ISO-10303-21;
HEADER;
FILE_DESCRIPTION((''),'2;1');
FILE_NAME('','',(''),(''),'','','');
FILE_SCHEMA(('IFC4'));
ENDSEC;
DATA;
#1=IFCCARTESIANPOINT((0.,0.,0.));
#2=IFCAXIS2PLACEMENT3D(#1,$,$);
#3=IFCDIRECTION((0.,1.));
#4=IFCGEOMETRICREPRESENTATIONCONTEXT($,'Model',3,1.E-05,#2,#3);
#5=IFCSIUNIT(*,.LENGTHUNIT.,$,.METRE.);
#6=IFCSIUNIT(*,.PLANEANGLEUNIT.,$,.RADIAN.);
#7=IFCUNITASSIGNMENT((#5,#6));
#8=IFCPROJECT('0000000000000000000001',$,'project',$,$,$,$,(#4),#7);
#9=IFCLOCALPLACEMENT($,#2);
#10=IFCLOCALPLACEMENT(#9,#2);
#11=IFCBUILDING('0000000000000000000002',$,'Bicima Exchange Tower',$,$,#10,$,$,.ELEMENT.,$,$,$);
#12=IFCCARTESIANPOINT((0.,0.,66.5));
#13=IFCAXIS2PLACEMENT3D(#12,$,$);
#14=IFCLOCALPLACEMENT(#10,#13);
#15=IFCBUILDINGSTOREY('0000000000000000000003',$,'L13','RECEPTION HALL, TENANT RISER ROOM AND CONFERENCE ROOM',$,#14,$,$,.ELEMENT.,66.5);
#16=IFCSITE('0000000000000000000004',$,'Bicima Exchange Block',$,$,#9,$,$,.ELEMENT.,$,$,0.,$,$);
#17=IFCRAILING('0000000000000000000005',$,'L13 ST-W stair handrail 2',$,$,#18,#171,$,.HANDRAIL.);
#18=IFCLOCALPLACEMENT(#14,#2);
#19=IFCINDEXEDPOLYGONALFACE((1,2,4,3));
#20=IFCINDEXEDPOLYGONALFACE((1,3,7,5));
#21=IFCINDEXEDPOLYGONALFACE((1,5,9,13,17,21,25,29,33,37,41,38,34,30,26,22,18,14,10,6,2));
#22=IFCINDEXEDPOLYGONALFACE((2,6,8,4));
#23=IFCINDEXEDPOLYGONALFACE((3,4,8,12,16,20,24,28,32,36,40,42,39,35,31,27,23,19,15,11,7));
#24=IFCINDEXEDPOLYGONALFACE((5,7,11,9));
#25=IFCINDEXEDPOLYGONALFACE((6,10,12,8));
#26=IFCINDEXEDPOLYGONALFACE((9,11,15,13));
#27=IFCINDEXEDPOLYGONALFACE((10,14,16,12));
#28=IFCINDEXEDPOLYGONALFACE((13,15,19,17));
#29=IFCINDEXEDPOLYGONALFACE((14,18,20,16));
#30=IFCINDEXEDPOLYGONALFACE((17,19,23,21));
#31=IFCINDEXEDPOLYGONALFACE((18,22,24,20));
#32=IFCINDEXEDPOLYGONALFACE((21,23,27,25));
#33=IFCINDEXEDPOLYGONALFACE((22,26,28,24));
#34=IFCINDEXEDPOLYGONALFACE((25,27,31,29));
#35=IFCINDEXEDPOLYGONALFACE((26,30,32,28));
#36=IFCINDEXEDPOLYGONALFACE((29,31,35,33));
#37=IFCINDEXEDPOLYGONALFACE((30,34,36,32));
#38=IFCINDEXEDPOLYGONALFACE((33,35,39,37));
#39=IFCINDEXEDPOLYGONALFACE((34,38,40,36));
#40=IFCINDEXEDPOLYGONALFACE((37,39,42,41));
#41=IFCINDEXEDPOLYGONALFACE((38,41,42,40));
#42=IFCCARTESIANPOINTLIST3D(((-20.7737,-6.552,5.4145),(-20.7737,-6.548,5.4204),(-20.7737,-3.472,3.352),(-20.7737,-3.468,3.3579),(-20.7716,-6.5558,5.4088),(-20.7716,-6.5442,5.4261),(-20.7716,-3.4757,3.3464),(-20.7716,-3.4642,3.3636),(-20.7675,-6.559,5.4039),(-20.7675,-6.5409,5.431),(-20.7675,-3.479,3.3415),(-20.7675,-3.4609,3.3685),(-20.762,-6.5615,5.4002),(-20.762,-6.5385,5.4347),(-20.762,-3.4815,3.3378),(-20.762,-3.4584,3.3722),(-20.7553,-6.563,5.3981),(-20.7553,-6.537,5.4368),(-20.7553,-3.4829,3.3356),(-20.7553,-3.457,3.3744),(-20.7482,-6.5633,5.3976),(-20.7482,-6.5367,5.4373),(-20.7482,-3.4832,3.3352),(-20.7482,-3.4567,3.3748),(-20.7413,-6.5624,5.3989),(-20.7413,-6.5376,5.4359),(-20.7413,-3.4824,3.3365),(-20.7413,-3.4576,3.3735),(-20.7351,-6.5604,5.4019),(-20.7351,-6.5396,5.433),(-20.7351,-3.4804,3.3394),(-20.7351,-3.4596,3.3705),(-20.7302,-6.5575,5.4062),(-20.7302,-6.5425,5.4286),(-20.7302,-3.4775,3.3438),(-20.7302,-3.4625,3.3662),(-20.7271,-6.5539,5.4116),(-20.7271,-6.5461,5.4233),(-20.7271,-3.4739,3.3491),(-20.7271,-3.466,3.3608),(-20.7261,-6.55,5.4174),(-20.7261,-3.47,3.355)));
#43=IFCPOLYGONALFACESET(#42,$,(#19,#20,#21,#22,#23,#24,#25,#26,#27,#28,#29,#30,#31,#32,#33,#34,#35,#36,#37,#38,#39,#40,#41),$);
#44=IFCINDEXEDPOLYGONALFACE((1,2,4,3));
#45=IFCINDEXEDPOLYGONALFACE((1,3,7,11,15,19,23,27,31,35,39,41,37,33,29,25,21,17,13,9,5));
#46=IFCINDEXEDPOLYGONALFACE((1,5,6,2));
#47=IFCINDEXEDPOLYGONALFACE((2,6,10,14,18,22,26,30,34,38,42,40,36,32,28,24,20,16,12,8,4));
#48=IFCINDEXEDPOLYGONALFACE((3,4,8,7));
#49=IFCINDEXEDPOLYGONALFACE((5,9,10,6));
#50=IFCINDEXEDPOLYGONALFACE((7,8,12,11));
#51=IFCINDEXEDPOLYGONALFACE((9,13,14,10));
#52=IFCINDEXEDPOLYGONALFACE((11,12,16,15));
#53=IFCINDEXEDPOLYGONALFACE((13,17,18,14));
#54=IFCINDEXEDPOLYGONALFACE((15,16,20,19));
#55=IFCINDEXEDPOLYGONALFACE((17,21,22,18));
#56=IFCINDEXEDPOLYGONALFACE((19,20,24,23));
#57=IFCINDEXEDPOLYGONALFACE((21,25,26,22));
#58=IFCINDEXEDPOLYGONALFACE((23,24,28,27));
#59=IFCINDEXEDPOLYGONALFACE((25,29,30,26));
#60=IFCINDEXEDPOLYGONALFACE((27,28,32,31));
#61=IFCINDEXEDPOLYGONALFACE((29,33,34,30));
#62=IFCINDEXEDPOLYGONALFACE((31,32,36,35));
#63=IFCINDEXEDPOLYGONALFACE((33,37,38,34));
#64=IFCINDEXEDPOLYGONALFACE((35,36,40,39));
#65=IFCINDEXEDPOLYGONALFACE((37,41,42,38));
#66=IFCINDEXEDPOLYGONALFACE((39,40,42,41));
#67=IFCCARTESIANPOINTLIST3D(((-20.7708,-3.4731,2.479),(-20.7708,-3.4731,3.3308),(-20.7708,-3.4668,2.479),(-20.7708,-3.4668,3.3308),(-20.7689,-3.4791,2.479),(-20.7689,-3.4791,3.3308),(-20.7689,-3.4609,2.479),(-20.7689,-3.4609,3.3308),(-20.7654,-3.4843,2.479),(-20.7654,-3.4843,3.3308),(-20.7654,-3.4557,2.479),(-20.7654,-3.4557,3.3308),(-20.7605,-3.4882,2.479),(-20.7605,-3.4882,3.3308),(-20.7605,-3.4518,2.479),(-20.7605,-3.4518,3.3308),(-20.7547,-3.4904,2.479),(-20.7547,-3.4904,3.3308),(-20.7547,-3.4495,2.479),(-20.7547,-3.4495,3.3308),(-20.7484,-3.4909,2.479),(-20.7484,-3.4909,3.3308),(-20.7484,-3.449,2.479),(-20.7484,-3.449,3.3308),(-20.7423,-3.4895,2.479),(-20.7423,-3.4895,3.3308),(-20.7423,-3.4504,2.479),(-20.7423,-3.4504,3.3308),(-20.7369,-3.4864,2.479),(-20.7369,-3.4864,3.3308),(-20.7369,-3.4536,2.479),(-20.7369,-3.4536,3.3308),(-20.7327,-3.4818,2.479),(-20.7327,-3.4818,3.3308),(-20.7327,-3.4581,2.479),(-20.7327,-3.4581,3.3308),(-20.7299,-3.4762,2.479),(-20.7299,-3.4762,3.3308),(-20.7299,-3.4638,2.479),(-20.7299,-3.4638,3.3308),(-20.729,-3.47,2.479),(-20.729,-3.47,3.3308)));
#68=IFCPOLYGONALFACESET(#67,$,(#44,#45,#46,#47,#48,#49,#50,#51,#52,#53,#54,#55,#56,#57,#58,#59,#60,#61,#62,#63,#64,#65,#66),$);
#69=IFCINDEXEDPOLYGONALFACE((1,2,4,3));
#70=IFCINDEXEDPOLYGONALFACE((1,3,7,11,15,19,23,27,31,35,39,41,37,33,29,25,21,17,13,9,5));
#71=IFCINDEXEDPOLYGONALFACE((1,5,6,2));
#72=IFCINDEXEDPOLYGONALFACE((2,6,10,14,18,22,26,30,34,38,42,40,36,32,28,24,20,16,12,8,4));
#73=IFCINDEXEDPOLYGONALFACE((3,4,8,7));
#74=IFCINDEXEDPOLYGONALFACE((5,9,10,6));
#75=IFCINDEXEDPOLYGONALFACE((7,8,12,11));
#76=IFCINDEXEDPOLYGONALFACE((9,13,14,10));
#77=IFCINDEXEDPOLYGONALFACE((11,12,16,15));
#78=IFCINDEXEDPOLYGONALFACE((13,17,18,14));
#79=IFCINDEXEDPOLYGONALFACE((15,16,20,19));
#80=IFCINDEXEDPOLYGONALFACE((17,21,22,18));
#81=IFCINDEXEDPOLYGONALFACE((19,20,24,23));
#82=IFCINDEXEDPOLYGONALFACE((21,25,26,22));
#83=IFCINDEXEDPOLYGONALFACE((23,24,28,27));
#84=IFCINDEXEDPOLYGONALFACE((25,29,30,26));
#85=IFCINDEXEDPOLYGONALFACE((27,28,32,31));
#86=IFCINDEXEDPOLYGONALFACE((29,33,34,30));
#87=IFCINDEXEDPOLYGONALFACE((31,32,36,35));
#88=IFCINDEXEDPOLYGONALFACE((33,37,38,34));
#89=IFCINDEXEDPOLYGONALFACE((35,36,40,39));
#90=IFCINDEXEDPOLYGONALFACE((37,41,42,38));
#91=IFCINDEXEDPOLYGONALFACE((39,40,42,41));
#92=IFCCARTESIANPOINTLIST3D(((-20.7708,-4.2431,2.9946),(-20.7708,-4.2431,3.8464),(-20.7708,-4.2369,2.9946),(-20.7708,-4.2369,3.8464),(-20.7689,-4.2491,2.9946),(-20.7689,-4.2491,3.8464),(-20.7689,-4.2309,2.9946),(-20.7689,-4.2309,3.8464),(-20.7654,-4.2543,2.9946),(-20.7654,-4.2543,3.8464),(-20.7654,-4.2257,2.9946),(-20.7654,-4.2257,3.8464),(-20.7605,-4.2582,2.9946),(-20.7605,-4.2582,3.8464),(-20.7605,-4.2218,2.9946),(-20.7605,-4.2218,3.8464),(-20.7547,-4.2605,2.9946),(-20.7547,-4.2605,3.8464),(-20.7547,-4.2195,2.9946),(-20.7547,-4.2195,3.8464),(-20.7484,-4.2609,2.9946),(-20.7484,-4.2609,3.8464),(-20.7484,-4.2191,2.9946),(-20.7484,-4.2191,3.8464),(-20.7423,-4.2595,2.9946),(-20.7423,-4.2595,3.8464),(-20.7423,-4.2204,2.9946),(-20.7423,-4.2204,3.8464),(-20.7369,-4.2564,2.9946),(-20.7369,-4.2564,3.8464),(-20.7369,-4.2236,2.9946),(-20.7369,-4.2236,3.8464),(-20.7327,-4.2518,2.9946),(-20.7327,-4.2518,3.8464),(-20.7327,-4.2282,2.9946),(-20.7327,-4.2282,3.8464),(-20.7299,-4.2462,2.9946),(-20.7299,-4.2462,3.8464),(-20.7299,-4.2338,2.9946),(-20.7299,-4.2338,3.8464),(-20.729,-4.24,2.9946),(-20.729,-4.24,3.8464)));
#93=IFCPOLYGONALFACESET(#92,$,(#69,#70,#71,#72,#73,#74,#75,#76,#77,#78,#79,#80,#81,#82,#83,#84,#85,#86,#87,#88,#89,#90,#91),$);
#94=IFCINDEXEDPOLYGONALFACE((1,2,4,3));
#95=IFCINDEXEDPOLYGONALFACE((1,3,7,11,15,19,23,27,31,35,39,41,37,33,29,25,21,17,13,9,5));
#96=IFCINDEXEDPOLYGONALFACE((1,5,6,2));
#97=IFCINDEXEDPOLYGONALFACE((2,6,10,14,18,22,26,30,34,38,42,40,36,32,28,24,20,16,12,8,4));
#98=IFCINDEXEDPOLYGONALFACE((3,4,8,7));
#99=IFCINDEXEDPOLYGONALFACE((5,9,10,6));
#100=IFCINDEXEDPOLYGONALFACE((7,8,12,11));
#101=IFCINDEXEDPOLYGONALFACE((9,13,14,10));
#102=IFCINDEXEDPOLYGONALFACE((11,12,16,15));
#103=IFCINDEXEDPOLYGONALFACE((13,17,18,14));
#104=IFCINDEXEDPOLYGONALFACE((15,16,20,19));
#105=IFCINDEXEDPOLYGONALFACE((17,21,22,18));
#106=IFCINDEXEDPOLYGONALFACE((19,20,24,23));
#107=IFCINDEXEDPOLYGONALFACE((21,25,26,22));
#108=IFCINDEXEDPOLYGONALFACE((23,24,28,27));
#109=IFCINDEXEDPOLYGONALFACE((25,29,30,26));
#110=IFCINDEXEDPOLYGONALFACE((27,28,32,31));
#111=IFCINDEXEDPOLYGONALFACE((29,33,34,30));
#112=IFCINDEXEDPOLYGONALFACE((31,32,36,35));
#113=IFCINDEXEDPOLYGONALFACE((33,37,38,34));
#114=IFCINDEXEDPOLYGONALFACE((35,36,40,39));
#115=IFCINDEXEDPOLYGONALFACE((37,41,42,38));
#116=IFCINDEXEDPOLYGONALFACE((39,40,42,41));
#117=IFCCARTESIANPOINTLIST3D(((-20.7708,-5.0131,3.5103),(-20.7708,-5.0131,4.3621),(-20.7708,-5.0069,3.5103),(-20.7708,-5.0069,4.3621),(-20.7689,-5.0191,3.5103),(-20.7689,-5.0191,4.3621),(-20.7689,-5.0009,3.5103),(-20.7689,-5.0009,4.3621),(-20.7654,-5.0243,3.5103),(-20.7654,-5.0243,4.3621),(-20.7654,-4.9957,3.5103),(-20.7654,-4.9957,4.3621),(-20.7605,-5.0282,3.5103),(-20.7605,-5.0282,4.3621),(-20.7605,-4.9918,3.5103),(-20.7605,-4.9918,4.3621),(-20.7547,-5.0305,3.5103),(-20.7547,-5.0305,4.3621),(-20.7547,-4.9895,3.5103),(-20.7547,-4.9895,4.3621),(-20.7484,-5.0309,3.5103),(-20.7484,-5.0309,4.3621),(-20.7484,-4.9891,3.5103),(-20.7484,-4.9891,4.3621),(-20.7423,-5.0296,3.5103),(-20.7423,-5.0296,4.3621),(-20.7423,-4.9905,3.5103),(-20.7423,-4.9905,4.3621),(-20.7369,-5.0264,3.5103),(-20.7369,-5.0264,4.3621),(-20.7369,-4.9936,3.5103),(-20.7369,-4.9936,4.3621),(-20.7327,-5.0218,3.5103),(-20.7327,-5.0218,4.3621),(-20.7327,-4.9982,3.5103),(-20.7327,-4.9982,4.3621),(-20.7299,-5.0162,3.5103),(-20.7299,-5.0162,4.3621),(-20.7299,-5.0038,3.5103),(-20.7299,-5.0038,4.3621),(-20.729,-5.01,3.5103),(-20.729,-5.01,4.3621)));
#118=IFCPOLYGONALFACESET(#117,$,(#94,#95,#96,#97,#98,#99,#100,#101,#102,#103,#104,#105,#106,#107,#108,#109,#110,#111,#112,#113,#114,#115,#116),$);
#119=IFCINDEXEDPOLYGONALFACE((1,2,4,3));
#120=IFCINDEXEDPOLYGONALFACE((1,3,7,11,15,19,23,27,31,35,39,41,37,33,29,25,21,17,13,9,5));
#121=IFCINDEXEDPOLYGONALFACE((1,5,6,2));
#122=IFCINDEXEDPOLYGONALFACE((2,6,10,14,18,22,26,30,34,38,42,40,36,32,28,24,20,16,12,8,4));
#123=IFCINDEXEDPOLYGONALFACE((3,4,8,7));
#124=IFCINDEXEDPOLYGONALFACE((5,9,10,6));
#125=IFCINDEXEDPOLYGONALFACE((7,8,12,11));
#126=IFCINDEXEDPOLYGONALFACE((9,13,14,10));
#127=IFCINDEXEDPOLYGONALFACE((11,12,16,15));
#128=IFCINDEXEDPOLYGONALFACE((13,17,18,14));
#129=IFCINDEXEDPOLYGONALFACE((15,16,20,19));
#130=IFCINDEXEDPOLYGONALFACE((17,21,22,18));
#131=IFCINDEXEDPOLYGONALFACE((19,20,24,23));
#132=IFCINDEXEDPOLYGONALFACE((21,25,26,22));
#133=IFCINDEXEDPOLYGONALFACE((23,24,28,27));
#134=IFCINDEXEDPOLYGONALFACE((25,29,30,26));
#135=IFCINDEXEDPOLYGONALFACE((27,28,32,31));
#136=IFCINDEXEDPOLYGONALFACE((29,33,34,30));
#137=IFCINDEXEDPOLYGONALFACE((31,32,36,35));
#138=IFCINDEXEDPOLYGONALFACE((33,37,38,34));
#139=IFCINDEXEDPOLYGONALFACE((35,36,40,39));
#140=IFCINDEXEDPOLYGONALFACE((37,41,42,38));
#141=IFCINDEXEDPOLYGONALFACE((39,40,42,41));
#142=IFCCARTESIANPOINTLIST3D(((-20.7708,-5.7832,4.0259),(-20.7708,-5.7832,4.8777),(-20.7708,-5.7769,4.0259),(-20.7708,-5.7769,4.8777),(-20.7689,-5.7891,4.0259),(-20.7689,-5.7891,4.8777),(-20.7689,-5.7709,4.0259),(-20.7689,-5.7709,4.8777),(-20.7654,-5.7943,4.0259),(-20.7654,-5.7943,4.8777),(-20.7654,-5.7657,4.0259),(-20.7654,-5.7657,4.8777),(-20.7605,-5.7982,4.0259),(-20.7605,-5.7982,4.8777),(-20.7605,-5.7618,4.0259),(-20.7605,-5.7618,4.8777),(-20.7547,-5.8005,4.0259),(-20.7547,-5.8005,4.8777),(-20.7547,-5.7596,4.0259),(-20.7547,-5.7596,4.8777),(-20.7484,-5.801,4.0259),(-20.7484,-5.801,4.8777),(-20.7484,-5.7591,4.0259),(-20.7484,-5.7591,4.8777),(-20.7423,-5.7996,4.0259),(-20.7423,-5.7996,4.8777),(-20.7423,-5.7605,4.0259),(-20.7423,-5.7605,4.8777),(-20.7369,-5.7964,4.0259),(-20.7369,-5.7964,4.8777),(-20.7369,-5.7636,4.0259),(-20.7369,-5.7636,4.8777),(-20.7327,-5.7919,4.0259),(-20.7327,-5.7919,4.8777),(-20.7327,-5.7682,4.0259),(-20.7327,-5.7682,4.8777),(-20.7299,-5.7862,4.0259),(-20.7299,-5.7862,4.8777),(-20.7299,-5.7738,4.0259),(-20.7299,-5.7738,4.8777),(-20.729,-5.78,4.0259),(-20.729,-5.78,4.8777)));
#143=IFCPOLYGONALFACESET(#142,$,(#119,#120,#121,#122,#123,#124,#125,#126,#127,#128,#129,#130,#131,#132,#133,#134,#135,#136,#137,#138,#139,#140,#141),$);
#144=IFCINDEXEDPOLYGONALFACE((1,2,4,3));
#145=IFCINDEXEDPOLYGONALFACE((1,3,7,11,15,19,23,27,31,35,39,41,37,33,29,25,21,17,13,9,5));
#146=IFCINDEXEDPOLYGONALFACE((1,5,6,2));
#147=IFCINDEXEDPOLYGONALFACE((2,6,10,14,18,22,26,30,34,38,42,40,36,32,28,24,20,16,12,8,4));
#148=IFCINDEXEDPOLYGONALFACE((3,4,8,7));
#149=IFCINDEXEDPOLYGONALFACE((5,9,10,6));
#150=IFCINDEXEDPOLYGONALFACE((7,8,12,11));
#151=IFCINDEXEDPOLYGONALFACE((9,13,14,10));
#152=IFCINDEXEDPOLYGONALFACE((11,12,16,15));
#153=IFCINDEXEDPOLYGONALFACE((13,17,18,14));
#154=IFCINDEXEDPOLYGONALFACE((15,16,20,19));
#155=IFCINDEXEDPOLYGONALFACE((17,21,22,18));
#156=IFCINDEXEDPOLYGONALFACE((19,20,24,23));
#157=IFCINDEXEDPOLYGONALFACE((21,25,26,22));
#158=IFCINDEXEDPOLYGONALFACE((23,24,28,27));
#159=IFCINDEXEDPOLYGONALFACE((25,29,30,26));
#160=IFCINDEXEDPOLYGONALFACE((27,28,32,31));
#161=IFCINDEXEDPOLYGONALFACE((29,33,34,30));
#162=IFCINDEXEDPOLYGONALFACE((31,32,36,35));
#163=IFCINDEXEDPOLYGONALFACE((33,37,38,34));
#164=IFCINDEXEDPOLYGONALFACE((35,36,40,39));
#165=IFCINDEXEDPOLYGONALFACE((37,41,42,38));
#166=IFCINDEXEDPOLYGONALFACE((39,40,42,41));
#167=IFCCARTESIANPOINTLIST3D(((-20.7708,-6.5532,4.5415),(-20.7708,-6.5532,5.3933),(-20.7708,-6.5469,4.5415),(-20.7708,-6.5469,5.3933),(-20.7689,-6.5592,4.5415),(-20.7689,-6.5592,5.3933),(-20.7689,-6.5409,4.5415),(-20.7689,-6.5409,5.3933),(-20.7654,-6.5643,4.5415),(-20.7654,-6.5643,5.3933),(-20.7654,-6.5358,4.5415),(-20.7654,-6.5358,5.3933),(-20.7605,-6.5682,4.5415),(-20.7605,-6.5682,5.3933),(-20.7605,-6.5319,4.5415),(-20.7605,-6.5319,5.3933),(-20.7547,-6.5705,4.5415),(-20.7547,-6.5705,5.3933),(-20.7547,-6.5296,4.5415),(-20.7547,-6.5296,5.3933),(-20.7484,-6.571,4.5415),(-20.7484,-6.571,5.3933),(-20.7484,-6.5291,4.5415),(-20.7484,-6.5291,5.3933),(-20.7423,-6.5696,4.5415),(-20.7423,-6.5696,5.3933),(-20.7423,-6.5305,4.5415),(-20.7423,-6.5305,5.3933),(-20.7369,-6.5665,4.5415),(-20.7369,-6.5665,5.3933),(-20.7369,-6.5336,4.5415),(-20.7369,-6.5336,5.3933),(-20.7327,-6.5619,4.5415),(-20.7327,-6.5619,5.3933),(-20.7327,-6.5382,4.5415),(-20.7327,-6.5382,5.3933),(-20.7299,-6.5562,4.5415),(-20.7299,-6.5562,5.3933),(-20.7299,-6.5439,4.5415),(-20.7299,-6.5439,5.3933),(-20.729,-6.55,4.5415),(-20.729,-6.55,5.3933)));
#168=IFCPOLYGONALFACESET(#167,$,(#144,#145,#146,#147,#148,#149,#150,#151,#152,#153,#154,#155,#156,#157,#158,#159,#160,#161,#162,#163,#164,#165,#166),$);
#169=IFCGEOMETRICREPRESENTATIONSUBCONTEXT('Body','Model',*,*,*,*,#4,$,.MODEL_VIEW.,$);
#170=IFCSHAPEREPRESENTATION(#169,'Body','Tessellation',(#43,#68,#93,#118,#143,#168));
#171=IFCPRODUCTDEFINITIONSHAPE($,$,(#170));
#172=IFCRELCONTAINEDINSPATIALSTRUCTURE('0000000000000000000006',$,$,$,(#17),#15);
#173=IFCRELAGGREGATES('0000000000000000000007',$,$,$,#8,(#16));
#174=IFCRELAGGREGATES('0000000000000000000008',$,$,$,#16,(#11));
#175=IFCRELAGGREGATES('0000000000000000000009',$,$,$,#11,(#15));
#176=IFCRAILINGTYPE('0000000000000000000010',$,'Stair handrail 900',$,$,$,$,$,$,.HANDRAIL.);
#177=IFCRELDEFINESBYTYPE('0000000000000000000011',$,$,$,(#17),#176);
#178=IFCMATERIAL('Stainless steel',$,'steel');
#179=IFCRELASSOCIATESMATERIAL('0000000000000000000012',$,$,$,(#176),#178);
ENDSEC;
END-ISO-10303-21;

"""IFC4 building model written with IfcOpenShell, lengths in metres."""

from ifc_helpers import new_model, si_unit, direction, frame, origin, origin_2d, place, context, subcontext, project, spatial, circle, extrude, material, type_object, element, save


model = new_model("IFC4")

# Units and contexts
model_context = context("Model", 3, precision=1e-05, world=origin(), true_north=direction((0.0, 1.0)))
body_context = subcontext(model_context, "Body", "Model", "MODEL_VIEW")
ifc_project = project(units=[si_unit("LENGTHUNIT", "METRE"), si_unit("PLANEANGLEUNIT", "RADIAN")], contexts=[model_context])

# Site, building, storey
site_placement = place(None, origin())
site = spatial("IfcSite", under=ifc_project, at=site_placement, Name="Bicima Exchange Block", CompositionType="ELEMENT", RefElevation=0.0)
building_placement = place(site_placement, origin())
building = spatial("IfcBuilding", under=site, at=building_placement, Name="Bicima Exchange Tower", CompositionType="ELEMENT")
storey_placement = place(building_placement, frame((0.0, 0.0, 66.5)))
storey = spatial("IfcBuildingStorey", under=building, at=storey_placement, Name="L13", Description="RECEPTION HALL, TENANT RISER ROOM AND CONFERENCE ROOM", CompositionType="ELEMENT", Elevation=66.5)

# Railing
ifc_material_1 = material(Name="Stainless steel", Category="steel")
railing_type = type_object("IfcRailingType", Name="Stair handrail 900", PredefinedType="HANDRAIL", material=ifc_material_1)
railing_placement = place(storey_placement, frame((-20.75, -3.47, 2.479)))
element("IfcRailing", 1, at=railing_placement, inside=storey, type_object=railing_type, Name="L13 ST-W stair handrail 2", PredefinedType="HANDRAIL", context=body_context, shape_type="SweptSolid", body=[
    extrude(circle(Radius=0.0239, at=origin_2d()), frame((0.0, 0.0, 0.876), z_axis=(0.0, -0.830914, 0.556401), x_axis=(1.0, 0.0, 0.0)), (0.0, 0.0, 1.0), 3.7068),
    extrude(circle(Radius=0.021, at=origin_2d()), origin(), (0.0, 0.0, 1.0), 0.8518),
    extrude(circle(Radius=0.021, at=origin_2d()), frame((0.0, -0.77, 0.5156)), (0.0, 0.0, 1.0), 0.8518),
    extrude(circle(Radius=0.021, at=origin_2d()), frame((0.0, -1.54, 1.0312)), (0.0, 0.0, 1.0), 0.8518),
    extrude(circle(Radius=0.021, at=origin_2d()), frame((0.0, -2.3101, 1.5469)), (0.0, 0.0, 1.0), 0.8518),
    extrude(circle(Radius=0.021, at=origin_2d()), frame((0.0, -3.0801, 2.0625)), (0.0, 0.0, 1.0), 0.8518),
])

save(model, "model.ifc")
